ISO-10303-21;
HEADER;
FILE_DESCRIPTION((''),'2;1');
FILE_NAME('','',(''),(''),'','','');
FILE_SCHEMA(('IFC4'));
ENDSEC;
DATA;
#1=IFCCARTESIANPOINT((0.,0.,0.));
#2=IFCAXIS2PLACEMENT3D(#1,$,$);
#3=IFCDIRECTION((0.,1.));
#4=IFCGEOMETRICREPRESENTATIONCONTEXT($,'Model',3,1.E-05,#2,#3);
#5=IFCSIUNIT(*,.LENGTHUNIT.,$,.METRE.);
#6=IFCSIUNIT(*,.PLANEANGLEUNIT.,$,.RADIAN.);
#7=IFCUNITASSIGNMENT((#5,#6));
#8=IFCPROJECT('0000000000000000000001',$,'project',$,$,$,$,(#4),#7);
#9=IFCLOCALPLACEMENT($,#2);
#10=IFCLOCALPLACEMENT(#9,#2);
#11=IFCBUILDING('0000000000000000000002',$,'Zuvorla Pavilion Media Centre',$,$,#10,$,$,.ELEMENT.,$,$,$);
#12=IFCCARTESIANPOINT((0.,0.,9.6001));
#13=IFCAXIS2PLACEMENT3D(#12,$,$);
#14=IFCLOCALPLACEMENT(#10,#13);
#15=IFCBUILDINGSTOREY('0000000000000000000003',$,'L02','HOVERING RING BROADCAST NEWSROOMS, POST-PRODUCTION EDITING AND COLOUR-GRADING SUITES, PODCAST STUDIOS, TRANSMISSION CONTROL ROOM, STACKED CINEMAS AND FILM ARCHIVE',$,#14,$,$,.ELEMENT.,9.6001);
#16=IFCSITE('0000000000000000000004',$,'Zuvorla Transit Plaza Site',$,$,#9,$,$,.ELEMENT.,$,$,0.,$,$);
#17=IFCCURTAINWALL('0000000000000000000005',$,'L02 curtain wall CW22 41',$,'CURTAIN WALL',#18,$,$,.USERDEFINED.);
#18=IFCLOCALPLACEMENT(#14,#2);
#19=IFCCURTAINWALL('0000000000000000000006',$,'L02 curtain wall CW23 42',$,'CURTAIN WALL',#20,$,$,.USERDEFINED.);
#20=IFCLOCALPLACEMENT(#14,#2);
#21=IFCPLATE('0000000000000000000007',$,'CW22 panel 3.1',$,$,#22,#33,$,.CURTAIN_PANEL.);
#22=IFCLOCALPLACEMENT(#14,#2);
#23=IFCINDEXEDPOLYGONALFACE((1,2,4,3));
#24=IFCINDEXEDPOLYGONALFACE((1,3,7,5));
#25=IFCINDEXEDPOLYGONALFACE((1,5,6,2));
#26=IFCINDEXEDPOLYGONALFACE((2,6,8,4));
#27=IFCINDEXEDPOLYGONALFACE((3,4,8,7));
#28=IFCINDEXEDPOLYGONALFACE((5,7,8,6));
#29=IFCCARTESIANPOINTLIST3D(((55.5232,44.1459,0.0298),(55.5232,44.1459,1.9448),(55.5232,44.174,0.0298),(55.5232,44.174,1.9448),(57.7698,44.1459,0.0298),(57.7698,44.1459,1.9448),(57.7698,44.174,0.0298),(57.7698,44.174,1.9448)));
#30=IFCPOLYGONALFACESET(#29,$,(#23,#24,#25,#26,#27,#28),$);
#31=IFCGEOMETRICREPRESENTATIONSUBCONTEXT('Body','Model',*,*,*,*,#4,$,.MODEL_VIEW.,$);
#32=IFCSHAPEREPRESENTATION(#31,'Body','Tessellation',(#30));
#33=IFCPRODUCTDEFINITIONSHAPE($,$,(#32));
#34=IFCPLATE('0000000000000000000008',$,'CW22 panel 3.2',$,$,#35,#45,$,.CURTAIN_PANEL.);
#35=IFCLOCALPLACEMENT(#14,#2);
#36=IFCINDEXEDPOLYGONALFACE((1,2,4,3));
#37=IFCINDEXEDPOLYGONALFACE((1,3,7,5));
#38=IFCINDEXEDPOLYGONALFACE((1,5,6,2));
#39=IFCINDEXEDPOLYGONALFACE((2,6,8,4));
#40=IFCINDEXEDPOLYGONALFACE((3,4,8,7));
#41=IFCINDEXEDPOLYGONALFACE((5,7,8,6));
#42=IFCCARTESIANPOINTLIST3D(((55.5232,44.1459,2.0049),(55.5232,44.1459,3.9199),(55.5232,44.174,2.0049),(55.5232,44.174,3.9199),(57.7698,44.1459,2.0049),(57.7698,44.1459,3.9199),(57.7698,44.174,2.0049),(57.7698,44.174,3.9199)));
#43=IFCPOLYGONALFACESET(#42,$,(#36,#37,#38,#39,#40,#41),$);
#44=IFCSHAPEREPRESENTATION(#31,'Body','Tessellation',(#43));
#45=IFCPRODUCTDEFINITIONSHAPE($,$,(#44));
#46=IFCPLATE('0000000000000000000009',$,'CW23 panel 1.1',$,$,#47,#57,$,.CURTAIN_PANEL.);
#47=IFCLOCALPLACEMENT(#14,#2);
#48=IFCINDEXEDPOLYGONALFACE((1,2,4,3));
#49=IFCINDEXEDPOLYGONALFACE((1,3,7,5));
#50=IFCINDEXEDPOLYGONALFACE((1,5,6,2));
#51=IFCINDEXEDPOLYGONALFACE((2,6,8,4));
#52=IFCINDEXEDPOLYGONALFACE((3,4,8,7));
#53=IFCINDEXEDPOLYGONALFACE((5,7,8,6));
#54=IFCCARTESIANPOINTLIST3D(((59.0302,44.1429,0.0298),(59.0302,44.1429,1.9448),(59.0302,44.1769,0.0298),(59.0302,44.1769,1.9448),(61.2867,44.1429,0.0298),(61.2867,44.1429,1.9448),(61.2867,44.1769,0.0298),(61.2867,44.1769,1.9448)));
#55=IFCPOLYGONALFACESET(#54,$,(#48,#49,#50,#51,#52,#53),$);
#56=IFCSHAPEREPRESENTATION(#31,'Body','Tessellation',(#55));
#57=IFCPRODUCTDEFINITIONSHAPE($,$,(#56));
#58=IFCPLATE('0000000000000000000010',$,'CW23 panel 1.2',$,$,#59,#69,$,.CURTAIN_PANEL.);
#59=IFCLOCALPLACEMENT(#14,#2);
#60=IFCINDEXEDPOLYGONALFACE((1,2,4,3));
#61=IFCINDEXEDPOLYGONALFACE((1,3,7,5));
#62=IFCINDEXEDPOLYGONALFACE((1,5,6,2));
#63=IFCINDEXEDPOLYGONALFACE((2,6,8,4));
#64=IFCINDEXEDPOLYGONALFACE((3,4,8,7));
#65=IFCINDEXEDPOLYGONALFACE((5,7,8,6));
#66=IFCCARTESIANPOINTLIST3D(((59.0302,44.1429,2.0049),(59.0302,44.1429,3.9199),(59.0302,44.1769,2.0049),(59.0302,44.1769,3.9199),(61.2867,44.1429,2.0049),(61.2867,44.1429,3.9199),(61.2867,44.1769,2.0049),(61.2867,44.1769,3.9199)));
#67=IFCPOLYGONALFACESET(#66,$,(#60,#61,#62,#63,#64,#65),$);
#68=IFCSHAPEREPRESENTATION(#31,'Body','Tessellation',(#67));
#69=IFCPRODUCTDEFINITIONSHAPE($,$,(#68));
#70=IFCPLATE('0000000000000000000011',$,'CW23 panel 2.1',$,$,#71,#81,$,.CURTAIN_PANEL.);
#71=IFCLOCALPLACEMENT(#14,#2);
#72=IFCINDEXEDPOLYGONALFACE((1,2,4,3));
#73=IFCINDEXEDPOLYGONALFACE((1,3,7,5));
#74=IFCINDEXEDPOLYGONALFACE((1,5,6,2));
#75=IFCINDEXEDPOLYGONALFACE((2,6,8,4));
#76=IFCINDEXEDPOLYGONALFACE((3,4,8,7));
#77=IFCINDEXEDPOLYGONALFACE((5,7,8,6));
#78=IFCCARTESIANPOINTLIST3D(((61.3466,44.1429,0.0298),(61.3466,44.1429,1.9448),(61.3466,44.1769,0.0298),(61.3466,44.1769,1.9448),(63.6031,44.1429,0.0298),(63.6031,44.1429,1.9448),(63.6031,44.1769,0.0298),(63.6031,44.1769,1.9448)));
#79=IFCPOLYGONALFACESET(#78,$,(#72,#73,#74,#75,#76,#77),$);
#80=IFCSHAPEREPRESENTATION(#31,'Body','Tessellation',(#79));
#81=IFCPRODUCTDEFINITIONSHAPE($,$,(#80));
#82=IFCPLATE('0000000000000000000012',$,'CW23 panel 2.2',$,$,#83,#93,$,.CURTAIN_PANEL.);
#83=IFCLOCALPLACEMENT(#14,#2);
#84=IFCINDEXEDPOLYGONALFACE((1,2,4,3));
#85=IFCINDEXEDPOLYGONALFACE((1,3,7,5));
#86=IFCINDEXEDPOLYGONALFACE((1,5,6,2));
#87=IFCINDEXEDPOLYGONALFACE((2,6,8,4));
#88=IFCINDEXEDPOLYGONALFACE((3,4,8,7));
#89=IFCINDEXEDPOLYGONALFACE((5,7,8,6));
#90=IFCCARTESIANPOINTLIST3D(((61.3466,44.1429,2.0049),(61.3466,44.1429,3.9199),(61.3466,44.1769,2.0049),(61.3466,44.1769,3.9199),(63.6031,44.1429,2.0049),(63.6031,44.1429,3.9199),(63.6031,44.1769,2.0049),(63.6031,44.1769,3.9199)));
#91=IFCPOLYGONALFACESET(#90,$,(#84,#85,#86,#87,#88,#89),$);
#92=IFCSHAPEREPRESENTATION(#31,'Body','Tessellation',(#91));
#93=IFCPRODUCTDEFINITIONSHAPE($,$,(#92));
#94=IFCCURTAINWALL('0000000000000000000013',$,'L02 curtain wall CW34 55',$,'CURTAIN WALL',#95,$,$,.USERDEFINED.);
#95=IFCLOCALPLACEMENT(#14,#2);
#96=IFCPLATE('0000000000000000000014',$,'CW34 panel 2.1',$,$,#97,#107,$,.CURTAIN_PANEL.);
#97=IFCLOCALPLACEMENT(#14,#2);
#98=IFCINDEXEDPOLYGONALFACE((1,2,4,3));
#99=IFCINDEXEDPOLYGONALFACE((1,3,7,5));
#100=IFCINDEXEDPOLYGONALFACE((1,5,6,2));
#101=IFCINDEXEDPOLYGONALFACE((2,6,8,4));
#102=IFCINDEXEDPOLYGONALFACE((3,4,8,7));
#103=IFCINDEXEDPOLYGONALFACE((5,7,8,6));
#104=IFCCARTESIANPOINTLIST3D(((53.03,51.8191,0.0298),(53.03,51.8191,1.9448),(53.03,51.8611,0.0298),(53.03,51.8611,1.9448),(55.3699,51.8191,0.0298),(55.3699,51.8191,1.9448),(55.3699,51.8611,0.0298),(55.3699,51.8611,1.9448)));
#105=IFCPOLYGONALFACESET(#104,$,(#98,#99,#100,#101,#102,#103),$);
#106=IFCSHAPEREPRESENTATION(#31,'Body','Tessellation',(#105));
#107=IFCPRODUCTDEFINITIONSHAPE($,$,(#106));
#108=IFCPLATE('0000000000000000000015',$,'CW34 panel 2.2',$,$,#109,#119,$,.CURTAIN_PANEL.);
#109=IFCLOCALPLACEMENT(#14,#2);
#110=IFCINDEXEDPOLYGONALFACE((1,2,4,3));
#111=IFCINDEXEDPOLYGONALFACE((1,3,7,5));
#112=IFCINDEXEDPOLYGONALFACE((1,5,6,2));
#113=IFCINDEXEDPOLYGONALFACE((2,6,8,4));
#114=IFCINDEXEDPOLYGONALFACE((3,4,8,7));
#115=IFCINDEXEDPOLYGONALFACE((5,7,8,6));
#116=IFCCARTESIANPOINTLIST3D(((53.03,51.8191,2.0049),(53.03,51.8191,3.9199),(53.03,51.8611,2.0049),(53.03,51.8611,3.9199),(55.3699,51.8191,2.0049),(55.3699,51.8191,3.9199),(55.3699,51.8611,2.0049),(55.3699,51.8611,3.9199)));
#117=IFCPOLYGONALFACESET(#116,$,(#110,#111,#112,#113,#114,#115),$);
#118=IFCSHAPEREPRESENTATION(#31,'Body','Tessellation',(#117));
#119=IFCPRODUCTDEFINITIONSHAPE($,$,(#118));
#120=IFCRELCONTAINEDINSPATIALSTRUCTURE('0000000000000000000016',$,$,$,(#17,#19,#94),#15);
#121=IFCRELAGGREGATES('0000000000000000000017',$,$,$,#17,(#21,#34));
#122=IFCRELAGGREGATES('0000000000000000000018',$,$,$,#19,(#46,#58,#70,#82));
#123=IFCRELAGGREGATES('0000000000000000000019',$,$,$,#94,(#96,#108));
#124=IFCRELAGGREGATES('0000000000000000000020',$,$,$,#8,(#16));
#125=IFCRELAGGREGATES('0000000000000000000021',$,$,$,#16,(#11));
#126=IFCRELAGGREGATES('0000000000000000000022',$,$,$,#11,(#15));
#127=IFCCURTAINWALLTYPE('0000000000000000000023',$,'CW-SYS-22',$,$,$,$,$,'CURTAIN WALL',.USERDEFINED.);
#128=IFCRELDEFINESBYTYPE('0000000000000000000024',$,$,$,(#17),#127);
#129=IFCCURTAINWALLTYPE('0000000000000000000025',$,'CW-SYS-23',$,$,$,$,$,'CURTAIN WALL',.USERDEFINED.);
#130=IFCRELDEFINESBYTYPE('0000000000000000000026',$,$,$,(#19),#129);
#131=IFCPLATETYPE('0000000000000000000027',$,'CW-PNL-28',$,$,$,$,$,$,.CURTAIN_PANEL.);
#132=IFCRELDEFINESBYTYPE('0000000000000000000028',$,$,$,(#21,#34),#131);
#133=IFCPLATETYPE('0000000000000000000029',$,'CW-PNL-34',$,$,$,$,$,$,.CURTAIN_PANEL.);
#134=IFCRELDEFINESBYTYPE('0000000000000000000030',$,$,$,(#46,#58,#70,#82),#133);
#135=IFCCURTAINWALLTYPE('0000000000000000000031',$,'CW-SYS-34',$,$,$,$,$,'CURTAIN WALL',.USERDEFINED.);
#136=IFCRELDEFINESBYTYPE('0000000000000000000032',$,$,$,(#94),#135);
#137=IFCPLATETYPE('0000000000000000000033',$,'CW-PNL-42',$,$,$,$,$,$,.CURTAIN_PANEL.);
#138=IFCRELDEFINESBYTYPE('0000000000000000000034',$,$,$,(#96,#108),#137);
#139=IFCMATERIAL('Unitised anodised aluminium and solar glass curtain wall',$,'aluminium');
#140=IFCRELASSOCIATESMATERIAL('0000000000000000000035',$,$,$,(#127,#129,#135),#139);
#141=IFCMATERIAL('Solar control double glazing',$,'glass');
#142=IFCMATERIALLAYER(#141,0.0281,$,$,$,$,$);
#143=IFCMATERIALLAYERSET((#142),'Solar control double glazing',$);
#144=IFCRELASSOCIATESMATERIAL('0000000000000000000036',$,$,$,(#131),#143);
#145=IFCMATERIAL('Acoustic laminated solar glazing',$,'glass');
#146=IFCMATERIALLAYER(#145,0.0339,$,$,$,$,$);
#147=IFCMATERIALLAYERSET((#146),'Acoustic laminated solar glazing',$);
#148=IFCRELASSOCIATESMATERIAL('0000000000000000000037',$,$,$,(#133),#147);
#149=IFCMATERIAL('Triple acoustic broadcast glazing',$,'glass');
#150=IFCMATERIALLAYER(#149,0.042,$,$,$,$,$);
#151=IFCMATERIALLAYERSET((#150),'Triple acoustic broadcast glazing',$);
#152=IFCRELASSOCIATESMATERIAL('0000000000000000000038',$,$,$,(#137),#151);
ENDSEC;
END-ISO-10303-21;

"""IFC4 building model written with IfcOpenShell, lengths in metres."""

from ifc_helpers import new_model, si_unit, direction, frame, origin, origin_2d, place, context, subcontext, project, spatial, rectangle, extrude, material, layer, layer_set, type_object, element, aggregate, save


model = new_model("IFC4")

# Units and contexts
model_context = context("Model", 3, precision=1e-05, world=origin(), true_north=direction((0.0, 1.0)))
body_context = subcontext(model_context, "Body", "Model", "MODEL_VIEW")
ifc_project = project(units=[si_unit("LENGTHUNIT", "METRE"), si_unit("PLANEANGLEUNIT", "RADIAN")], contexts=[model_context])

# Site, building, storey
site_placement = place(None, origin())
site = spatial("IfcSite", under=ifc_project, at=site_placement, Name="Zuvorla Transit Plaza Site", CompositionType="ELEMENT", RefElevation=0.0)
building_placement = place(site_placement, origin())
building = spatial("IfcBuilding", under=site, at=building_placement, Name="Zuvorla Pavilion Media Centre", CompositionType="ELEMENT")
storey_placement = place(building_placement, frame((0.0, 0.0, 9.6001)))
storey = spatial("IfcBuildingStorey", under=building, at=storey_placement, Name="L02", Description="HOVERING RING BROADCAST NEWSROOMS, POST-PRODUCTION EDITING AND COLOUR-GRADING SUITES, PODCAST STUDIOS, TRANSMISSION CONTROL ROOM, STACKED CINEMAS AND FILM ARCHIVE", CompositionType="ELEMENT", Elevation=9.6001)

# Curtain walls
ifc_material_1 = material(Name="Unitised anodised aluminium and solar glass curtain wall", Category="aluminium")
curtain_wall_type_1 = type_object("IfcCurtainWallType", Name="CW-SYS-22", ElementType="CURTAIN WALL", PredefinedType="USERDEFINED", material=ifc_material_1)
curtain_wall_1_placement = place(storey_placement, origin())
curtain_wall_1 = element("IfcCurtainWall", 1, at=curtain_wall_1_placement, inside=storey, type_object=curtain_wall_type_1, Name="L02 curtain wall CW22 41", ObjectType="CURTAIN WALL", PredefinedType="USERDEFINED")
curtain_wall_type_2 = type_object("IfcCurtainWallType", Name="CW-SYS-23", ElementType="CURTAIN WALL", PredefinedType="USERDEFINED", material=ifc_material_1)
curtain_wall_2_placement = place(storey_placement, origin())
curtain_wall_2 = element("IfcCurtainWall", 2, at=curtain_wall_2_placement, inside=storey, type_object=curtain_wall_type_2, Name="L02 curtain wall CW23 42", ObjectType="CURTAIN WALL", PredefinedType="USERDEFINED")

# Plates
ifc_material_2 = material(Name="Solar control double glazing", Category="glass")
ifc_layer_1 = layer(ifc_material_2, 0.0281)
ifc_layer_set_1 = layer_set([ifc_layer_1], Name="Solar control double glazing")
plate_type_1 = type_object("IfcPlateType", Name="CW-PNL-28", PredefinedType="CURTAIN_PANEL", material=ifc_layer_set_1)
plate_1_placement = place(storey_placement, frame((56.6465, 44.1599, 0.0298), z_axis=(0.0, 0.0, 1.0), x_axis=(1.0, 0.0, 0.0)))
plate_1 = element("IfcPlate", 3, at=plate_1_placement, type_object=plate_type_1, Name="CW22 panel 3.1", PredefinedType="CURTAIN_PANEL", context=body_context, shape_type="SweptSolid", body=[
    extrude(rectangle(XDim=2.2466, YDim=0.0281, at=origin_2d()), origin(), (0.0, 0.0, 1.0), 1.915),
])
plate_2_placement = place(storey_placement, frame((56.6465, 44.1599, 2.0049), z_axis=(0.0, 0.0, 1.0), x_axis=(1.0, 0.0, 0.0)))
plate_2 = element("IfcPlate", 4, at=plate_2_placement, type_object=plate_type_1, Name="CW22 panel 3.2", PredefinedType="CURTAIN_PANEL", context=body_context, shape_type="SweptSolid", body=[
    extrude(rectangle(XDim=2.2466, YDim=0.0281, at=origin_2d()), origin(), (0.0, 0.0, 1.0), 1.915),
])
aggregate(curtain_wall_1, [plate_1, plate_2])
ifc_material_3 = material(Name="Acoustic laminated solar glazing", Category="glass")
ifc_layer_2 = layer(ifc_material_3, 0.0339)
ifc_layer_set_2 = layer_set([ifc_layer_2], Name="Acoustic laminated solar glazing")
plate_type_2 = type_object("IfcPlateType", Name="CW-PNL-34", PredefinedType="CURTAIN_PANEL", material=ifc_layer_set_2)
plate_3_placement = place(storey_placement, frame((60.1584, 44.1599, 0.0298), z_axis=(0.0, 0.0, 1.0), x_axis=(1.0, 0.0, 0.0)))
plate_3 = element("IfcPlate", 5, at=plate_3_placement, type_object=plate_type_2, Name="CW23 panel 1.1", PredefinedType="CURTAIN_PANEL", context=body_context, shape_type="SweptSolid", body=[
    extrude(rectangle(XDim=2.2566, YDim=0.0339, at=origin_2d()), origin(), (0.0, 0.0, 1.0), 1.915),
])
plate_4_placement = place(storey_placement, frame((60.1584, 44.1599, 2.0049), z_axis=(0.0, 0.0, 1.0), x_axis=(1.0, 0.0, 0.0)))
plate_4 = element("IfcPlate", 6, at=plate_4_placement, type_object=plate_type_2, Name="CW23 panel 1.2", PredefinedType="CURTAIN_PANEL", context=body_context, shape_type="SweptSolid", body=[
    extrude(rectangle(XDim=2.2566, YDim=0.0339, at=origin_2d()), origin(), (0.0, 0.0, 1.0), 1.915),
])
plate_5_placement = place(storey_placement, frame((62.4749, 44.1599, 0.0298), z_axis=(0.0, 0.0, 1.0), x_axis=(1.0, 0.0, 0.0)))
plate_5 = element("IfcPlate", 7, at=plate_5_placement, type_object=plate_type_2, Name="CW23 panel 2.1", PredefinedType="CURTAIN_PANEL", context=body_context, shape_type="SweptSolid", body=[
    extrude(rectangle(XDim=2.2566, YDim=0.0339, at=origin_2d()), origin(), (0.0, 0.0, 1.0), 1.915),
])
plate_6_placement = place(storey_placement, frame((62.4749, 44.1599, 2.0049), z_axis=(0.0, 0.0, 1.0), x_axis=(1.0, 0.0, 0.0)))
plate_6 = element("IfcPlate", 8, at=plate_6_placement, type_object=plate_type_2, Name="CW23 panel 2.2", PredefinedType="CURTAIN_PANEL", context=body_context, shape_type="SweptSolid", body=[
    extrude(rectangle(XDim=2.2566, YDim=0.0339, at=origin_2d()), origin(), (0.0, 0.0, 1.0), 1.915),
])
aggregate(curtain_wall_2, [plate_3, plate_4, plate_5, plate_6])

# Curtain wall, plates
curtain_wall_type_3 = type_object("IfcCurtainWallType", Name="CW-SYS-34", ElementType="CURTAIN WALL", PredefinedType="USERDEFINED", material=ifc_material_1)
curtain_wall_3_placement = place(storey_placement, origin())
curtain_wall_3 = element("IfcCurtainWall", 9, at=curtain_wall_3_placement, inside=storey, type_object=curtain_wall_type_3, Name="L02 curtain wall CW34 55", ObjectType="CURTAIN WALL", PredefinedType="USERDEFINED")
ifc_material_4 = material(Name="Triple acoustic broadcast glazing", Category="glass")
ifc_layer_3 = layer(ifc_material_4, 0.042)
ifc_layer_set_3 = layer_set([ifc_layer_3], Name="Triple acoustic broadcast glazing")
plate_type_3 = type_object("IfcPlateType", Name="CW-PNL-42", PredefinedType="CURTAIN_PANEL", material=ifc_layer_set_3)
plate_7_placement = place(storey_placement, frame((54.2, 51.8401, 0.0298), z_axis=(0.0, 0.0, 1.0), x_axis=(1.0, 0.0, 0.0)))
plate_7 = element("IfcPlate", 10, at=plate_7_placement, type_object=plate_type_3, Name="CW34 panel 2.1", PredefinedType="CURTAIN_PANEL", context=body_context, shape_type="SweptSolid", body=[
    extrude(rectangle(XDim=2.3398, YDim=0.042, at=origin_2d()), origin(), (0.0, 0.0, 1.0), 1.915),
])
plate_8_placement = place(storey_placement, frame((54.2, 51.8401, 2.0049), z_axis=(0.0, 0.0, 1.0), x_axis=(1.0, 0.0, 0.0)))
plate_8 = element("IfcPlate", 11, at=plate_8_placement, type_object=plate_type_3, Name="CW34 panel 2.2", PredefinedType="CURTAIN_PANEL", context=body_context, shape_type="SweptSolid", body=[
    extrude(rectangle(XDim=2.3398, YDim=0.042, at=origin_2d()), origin(), (0.0, 0.0, 1.0), 1.915),
])
aggregate(curtain_wall_3, [plate_7, plate_8])

save(model, "model.ifc")
